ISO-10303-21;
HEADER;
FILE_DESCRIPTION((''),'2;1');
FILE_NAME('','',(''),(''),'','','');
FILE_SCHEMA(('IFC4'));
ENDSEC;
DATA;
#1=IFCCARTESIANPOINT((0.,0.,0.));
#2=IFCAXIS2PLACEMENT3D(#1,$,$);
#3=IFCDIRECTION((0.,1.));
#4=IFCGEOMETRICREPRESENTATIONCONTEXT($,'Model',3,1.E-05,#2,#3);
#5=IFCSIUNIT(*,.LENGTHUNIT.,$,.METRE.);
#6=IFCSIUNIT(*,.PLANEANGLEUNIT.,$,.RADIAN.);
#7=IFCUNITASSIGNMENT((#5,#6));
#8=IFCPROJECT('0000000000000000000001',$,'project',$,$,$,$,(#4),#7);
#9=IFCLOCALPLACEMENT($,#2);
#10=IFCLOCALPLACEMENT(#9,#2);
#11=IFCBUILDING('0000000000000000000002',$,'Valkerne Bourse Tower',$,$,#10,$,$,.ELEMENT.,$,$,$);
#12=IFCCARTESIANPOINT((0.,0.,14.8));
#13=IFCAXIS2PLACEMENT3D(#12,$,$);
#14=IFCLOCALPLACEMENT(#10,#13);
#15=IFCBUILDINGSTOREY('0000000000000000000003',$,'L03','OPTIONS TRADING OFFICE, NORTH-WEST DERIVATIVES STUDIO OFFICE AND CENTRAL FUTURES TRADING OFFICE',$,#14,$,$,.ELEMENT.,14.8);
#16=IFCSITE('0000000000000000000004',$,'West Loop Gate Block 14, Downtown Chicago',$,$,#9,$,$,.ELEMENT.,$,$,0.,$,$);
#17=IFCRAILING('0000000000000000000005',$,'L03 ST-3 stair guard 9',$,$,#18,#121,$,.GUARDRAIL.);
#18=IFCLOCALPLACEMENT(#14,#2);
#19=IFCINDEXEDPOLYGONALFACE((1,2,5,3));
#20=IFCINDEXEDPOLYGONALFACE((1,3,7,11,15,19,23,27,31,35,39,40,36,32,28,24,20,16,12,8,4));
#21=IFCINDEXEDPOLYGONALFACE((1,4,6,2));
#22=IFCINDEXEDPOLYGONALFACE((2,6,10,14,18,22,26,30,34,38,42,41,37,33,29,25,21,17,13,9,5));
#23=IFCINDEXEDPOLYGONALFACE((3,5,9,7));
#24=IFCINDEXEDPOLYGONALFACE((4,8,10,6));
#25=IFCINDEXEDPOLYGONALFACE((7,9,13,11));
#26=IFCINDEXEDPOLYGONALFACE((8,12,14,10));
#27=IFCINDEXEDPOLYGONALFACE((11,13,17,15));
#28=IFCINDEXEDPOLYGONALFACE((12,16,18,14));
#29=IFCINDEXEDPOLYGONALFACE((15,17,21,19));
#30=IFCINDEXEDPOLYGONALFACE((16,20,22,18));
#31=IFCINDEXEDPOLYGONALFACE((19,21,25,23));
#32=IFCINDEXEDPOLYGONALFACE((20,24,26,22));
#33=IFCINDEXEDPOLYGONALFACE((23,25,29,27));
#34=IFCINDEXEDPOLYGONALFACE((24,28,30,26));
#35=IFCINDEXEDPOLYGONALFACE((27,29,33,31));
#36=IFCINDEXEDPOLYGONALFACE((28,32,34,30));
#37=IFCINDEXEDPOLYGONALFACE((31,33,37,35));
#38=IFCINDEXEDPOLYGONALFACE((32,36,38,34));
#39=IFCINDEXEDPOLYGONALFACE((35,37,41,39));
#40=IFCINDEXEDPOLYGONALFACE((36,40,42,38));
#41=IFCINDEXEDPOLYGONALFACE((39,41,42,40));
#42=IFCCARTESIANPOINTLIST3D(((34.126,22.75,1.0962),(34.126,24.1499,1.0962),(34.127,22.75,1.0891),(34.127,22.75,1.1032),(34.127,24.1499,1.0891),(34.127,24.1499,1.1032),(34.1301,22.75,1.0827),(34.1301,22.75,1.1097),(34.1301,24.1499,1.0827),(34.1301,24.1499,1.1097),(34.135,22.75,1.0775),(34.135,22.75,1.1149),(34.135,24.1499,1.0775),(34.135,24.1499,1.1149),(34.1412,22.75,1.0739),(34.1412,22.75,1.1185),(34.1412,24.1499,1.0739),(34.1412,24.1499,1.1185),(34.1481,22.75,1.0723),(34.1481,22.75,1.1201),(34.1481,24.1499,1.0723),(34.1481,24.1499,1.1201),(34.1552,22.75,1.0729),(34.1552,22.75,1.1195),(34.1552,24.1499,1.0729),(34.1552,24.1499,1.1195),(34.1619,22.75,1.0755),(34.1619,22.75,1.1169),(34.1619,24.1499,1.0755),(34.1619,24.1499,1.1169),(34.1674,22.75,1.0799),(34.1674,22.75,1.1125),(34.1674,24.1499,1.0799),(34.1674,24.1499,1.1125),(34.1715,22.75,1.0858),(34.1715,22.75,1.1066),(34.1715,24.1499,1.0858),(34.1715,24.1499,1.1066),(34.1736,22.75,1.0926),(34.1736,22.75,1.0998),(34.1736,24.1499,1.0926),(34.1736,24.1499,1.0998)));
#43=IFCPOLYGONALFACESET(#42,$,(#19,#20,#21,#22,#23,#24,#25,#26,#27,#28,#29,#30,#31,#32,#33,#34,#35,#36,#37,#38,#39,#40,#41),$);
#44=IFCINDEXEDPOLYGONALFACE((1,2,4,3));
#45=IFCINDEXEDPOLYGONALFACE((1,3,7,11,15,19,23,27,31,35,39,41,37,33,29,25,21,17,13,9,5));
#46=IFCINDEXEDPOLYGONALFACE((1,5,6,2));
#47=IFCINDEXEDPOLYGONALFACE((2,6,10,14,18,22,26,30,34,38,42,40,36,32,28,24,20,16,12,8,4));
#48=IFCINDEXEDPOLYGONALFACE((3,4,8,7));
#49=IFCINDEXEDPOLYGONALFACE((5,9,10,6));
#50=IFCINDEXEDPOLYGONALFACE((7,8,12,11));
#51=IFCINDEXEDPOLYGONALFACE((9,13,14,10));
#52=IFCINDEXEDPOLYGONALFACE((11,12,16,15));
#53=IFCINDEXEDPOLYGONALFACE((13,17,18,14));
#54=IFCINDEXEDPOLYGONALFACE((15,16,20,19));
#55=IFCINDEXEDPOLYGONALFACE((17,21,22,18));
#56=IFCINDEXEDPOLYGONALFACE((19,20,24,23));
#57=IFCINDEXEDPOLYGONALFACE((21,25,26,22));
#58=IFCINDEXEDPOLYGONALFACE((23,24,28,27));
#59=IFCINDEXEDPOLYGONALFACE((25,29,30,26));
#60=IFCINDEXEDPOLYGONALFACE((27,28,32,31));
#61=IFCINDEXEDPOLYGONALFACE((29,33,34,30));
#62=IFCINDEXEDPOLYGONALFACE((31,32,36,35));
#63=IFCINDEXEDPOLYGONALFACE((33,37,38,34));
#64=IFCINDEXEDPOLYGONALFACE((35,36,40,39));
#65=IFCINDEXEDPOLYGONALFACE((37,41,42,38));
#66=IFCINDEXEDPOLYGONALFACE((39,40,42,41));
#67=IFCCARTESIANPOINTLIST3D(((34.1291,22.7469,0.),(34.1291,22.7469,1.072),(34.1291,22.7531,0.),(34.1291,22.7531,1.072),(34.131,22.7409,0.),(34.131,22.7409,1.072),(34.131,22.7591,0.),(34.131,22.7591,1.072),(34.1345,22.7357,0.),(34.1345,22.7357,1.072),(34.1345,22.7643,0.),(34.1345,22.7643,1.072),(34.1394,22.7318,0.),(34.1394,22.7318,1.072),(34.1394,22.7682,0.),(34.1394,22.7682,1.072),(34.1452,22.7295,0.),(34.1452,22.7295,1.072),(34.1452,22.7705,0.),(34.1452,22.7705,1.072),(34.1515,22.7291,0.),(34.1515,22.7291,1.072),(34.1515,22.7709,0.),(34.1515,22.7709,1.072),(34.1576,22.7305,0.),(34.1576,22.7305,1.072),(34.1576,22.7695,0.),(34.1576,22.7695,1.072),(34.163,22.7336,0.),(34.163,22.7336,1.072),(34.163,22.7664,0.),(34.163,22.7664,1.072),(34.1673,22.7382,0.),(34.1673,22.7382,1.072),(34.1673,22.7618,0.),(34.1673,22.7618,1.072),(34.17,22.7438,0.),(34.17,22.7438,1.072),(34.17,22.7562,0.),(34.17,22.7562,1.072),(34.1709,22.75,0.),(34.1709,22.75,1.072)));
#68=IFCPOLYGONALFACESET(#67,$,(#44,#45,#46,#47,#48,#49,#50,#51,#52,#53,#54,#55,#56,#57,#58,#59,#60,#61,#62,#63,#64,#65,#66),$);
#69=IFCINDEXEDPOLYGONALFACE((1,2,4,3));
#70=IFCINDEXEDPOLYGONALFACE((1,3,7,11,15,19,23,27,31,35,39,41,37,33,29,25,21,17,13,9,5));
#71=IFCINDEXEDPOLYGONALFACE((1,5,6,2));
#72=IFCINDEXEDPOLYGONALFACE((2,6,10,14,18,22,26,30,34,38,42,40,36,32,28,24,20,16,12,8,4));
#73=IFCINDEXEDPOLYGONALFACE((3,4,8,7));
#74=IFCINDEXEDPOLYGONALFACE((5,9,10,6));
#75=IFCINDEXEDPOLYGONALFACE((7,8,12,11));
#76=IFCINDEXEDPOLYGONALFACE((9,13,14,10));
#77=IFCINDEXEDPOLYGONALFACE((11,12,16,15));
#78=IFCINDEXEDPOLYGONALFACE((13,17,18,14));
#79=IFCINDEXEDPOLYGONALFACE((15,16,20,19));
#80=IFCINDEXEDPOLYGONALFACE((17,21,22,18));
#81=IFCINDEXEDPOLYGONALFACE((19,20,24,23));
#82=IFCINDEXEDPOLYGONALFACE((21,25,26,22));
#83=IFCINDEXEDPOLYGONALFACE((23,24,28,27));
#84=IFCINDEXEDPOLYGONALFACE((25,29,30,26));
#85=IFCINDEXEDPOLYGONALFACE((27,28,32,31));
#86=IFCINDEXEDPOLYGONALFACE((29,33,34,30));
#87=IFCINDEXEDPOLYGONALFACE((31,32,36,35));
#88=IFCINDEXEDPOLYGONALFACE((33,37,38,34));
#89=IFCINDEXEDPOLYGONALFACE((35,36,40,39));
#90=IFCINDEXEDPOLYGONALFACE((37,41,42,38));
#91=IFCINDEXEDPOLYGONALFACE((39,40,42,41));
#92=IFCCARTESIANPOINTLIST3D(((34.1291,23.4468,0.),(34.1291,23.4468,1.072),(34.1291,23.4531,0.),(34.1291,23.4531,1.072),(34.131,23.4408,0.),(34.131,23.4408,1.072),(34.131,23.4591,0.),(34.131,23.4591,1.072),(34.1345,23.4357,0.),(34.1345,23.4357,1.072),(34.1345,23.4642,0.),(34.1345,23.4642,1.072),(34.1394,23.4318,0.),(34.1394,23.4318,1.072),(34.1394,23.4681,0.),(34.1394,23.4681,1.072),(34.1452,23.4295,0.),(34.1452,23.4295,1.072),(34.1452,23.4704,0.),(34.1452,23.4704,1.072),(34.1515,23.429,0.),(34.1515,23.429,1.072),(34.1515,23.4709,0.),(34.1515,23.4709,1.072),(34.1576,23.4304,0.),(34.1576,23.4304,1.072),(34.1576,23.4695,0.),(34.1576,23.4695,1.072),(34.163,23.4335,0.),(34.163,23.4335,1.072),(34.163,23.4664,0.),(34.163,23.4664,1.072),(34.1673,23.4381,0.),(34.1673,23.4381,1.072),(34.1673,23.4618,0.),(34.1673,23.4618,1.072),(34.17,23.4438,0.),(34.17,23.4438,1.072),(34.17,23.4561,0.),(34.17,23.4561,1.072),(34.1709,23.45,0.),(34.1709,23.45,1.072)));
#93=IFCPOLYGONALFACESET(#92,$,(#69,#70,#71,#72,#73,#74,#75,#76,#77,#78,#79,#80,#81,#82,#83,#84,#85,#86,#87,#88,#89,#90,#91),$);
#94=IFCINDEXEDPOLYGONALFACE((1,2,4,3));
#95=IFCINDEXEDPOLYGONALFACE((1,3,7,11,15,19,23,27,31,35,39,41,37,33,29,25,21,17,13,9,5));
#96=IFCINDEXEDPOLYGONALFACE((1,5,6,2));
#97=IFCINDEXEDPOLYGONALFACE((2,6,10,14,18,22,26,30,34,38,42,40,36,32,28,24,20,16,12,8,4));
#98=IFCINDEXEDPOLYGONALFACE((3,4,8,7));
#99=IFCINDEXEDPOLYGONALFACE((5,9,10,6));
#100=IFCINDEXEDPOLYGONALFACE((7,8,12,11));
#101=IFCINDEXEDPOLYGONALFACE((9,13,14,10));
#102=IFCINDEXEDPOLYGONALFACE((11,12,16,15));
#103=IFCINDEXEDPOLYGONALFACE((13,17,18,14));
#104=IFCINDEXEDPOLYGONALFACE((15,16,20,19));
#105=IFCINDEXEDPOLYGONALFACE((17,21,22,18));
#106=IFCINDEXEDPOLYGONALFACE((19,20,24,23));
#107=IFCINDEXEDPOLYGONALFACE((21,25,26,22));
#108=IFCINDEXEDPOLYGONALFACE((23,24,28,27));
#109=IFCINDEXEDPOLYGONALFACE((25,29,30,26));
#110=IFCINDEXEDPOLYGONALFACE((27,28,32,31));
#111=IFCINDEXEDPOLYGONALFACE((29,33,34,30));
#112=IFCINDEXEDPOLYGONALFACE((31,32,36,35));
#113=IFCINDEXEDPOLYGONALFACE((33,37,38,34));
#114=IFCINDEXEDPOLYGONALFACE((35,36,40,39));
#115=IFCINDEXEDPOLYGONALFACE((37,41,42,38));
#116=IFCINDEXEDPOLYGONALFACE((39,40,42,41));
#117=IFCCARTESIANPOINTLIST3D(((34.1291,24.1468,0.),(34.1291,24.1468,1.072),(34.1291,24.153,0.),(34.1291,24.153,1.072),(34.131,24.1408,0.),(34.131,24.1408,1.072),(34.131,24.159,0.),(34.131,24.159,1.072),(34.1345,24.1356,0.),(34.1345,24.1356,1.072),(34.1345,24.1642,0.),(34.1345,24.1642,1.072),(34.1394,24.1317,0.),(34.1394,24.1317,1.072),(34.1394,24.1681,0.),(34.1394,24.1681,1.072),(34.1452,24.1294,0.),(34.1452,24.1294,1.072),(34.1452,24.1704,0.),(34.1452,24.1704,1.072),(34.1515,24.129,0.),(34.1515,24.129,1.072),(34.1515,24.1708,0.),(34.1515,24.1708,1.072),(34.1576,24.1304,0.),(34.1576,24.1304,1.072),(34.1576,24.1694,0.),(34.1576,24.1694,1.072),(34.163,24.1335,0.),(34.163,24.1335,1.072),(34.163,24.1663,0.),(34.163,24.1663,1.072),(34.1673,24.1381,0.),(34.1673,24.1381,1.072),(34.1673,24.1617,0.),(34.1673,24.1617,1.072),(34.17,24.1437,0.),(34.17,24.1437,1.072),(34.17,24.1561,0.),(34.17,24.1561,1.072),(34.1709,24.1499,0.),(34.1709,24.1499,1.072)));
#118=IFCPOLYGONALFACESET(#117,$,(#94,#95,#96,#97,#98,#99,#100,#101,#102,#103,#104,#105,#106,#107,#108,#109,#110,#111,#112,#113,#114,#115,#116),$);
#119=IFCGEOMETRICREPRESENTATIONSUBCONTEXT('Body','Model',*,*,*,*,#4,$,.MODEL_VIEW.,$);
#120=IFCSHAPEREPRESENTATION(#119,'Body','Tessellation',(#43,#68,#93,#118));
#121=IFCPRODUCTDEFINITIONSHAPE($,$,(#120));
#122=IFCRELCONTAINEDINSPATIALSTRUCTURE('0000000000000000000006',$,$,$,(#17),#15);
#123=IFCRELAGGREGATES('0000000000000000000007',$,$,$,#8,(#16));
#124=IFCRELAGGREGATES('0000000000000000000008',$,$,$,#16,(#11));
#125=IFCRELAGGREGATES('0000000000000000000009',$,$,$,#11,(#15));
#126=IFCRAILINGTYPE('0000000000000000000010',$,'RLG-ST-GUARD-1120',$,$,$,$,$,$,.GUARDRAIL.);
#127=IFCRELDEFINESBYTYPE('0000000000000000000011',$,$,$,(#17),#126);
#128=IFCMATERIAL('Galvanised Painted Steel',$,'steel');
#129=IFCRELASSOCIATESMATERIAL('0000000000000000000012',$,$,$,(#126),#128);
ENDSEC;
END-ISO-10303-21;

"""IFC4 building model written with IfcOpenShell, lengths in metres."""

from ifc_helpers import new_model, si_unit, direction, frame, origin, origin_2d, place, context, subcontext, project, spatial, circle, extrude, material, type_object, element, save


model = new_model("IFC4")

# Units and contexts
model_context = context("Model", 3, precision=1e-05, world=origin(), true_north=direction((0.0, 1.0)))
body_context = subcontext(model_context, "Body", "Model", "MODEL_VIEW")
ifc_project = project(units=[si_unit("LENGTHUNIT", "METRE"), si_unit("PLANEANGLEUNIT", "RADIAN")], contexts=[model_context])

# Site, building, storey
site_placement = place(None, origin())
site = spatial("IfcSite", under=ifc_project, at=site_placement, Name="West Loop Gate Block 14, Downtown Chicago", CompositionType="ELEMENT", RefElevation=0.0)
building_placement = place(site_placement, origin())
building = spatial("IfcBuilding", under=site, at=building_placement, Name="Valkerne Bourse Tower", CompositionType="ELEMENT")
storey_placement = place(building_placement, frame((0.0, 0.0, 14.8)))
storey = spatial("IfcBuildingStorey", under=building, at=storey_placement, Name="L03", Description="OPTIONS TRADING OFFICE, NORTH-WEST DERIVATIVES STUDIO OFFICE AND CENTRAL FUTURES TRADING OFFICE", CompositionType="ELEMENT", Elevation=14.8)

# Shared definitions
ifc_material_1 = material(Name="Galvanised Painted Steel", Category="steel")

# Railing
railing_type_1 = type_object("IfcRailingType", Name="RLG-ST-GUARD-1120", PredefinedType="GUARDRAIL", material=ifc_material_1)
for number, where, name in (
    (1, (34.1499, 22.75, 0.0), "L03 ST-3 stair guard 9"),
):
    element("IfcRailing", number, at=place(storey_placement, frame(where)), inside=storey, type_object=railing_type_1, Name=name, PredefinedType="GUARDRAIL", context=body_context, shape_type="SweptSolid", body=[
        extrude(circle(Radius=0.0239, at=origin_2d()), frame((0.0, 0.0, 1.0962), z_axis=(0.0, 1.0, 0.0), x_axis=(-1.0, 0.0, 0.0)), (0.0, 0.0, 1.0), 1.3999),
        extrude(circle(Radius=0.021, at=origin_2d()), origin(), (0.0, 0.0, 1.0), 1.072),
        extrude(circle(Radius=0.021, at=origin_2d()), frame((0.0, 0.7, 0.0)), (0.0, 0.0, 1.0), 1.072),
        extrude(circle(Radius=0.021, at=origin_2d()), frame((0.0, 1.3999, 0.0)), (0.0, 0.0, 1.0), 1.072),
    ])

save(model, "model.ifc")
